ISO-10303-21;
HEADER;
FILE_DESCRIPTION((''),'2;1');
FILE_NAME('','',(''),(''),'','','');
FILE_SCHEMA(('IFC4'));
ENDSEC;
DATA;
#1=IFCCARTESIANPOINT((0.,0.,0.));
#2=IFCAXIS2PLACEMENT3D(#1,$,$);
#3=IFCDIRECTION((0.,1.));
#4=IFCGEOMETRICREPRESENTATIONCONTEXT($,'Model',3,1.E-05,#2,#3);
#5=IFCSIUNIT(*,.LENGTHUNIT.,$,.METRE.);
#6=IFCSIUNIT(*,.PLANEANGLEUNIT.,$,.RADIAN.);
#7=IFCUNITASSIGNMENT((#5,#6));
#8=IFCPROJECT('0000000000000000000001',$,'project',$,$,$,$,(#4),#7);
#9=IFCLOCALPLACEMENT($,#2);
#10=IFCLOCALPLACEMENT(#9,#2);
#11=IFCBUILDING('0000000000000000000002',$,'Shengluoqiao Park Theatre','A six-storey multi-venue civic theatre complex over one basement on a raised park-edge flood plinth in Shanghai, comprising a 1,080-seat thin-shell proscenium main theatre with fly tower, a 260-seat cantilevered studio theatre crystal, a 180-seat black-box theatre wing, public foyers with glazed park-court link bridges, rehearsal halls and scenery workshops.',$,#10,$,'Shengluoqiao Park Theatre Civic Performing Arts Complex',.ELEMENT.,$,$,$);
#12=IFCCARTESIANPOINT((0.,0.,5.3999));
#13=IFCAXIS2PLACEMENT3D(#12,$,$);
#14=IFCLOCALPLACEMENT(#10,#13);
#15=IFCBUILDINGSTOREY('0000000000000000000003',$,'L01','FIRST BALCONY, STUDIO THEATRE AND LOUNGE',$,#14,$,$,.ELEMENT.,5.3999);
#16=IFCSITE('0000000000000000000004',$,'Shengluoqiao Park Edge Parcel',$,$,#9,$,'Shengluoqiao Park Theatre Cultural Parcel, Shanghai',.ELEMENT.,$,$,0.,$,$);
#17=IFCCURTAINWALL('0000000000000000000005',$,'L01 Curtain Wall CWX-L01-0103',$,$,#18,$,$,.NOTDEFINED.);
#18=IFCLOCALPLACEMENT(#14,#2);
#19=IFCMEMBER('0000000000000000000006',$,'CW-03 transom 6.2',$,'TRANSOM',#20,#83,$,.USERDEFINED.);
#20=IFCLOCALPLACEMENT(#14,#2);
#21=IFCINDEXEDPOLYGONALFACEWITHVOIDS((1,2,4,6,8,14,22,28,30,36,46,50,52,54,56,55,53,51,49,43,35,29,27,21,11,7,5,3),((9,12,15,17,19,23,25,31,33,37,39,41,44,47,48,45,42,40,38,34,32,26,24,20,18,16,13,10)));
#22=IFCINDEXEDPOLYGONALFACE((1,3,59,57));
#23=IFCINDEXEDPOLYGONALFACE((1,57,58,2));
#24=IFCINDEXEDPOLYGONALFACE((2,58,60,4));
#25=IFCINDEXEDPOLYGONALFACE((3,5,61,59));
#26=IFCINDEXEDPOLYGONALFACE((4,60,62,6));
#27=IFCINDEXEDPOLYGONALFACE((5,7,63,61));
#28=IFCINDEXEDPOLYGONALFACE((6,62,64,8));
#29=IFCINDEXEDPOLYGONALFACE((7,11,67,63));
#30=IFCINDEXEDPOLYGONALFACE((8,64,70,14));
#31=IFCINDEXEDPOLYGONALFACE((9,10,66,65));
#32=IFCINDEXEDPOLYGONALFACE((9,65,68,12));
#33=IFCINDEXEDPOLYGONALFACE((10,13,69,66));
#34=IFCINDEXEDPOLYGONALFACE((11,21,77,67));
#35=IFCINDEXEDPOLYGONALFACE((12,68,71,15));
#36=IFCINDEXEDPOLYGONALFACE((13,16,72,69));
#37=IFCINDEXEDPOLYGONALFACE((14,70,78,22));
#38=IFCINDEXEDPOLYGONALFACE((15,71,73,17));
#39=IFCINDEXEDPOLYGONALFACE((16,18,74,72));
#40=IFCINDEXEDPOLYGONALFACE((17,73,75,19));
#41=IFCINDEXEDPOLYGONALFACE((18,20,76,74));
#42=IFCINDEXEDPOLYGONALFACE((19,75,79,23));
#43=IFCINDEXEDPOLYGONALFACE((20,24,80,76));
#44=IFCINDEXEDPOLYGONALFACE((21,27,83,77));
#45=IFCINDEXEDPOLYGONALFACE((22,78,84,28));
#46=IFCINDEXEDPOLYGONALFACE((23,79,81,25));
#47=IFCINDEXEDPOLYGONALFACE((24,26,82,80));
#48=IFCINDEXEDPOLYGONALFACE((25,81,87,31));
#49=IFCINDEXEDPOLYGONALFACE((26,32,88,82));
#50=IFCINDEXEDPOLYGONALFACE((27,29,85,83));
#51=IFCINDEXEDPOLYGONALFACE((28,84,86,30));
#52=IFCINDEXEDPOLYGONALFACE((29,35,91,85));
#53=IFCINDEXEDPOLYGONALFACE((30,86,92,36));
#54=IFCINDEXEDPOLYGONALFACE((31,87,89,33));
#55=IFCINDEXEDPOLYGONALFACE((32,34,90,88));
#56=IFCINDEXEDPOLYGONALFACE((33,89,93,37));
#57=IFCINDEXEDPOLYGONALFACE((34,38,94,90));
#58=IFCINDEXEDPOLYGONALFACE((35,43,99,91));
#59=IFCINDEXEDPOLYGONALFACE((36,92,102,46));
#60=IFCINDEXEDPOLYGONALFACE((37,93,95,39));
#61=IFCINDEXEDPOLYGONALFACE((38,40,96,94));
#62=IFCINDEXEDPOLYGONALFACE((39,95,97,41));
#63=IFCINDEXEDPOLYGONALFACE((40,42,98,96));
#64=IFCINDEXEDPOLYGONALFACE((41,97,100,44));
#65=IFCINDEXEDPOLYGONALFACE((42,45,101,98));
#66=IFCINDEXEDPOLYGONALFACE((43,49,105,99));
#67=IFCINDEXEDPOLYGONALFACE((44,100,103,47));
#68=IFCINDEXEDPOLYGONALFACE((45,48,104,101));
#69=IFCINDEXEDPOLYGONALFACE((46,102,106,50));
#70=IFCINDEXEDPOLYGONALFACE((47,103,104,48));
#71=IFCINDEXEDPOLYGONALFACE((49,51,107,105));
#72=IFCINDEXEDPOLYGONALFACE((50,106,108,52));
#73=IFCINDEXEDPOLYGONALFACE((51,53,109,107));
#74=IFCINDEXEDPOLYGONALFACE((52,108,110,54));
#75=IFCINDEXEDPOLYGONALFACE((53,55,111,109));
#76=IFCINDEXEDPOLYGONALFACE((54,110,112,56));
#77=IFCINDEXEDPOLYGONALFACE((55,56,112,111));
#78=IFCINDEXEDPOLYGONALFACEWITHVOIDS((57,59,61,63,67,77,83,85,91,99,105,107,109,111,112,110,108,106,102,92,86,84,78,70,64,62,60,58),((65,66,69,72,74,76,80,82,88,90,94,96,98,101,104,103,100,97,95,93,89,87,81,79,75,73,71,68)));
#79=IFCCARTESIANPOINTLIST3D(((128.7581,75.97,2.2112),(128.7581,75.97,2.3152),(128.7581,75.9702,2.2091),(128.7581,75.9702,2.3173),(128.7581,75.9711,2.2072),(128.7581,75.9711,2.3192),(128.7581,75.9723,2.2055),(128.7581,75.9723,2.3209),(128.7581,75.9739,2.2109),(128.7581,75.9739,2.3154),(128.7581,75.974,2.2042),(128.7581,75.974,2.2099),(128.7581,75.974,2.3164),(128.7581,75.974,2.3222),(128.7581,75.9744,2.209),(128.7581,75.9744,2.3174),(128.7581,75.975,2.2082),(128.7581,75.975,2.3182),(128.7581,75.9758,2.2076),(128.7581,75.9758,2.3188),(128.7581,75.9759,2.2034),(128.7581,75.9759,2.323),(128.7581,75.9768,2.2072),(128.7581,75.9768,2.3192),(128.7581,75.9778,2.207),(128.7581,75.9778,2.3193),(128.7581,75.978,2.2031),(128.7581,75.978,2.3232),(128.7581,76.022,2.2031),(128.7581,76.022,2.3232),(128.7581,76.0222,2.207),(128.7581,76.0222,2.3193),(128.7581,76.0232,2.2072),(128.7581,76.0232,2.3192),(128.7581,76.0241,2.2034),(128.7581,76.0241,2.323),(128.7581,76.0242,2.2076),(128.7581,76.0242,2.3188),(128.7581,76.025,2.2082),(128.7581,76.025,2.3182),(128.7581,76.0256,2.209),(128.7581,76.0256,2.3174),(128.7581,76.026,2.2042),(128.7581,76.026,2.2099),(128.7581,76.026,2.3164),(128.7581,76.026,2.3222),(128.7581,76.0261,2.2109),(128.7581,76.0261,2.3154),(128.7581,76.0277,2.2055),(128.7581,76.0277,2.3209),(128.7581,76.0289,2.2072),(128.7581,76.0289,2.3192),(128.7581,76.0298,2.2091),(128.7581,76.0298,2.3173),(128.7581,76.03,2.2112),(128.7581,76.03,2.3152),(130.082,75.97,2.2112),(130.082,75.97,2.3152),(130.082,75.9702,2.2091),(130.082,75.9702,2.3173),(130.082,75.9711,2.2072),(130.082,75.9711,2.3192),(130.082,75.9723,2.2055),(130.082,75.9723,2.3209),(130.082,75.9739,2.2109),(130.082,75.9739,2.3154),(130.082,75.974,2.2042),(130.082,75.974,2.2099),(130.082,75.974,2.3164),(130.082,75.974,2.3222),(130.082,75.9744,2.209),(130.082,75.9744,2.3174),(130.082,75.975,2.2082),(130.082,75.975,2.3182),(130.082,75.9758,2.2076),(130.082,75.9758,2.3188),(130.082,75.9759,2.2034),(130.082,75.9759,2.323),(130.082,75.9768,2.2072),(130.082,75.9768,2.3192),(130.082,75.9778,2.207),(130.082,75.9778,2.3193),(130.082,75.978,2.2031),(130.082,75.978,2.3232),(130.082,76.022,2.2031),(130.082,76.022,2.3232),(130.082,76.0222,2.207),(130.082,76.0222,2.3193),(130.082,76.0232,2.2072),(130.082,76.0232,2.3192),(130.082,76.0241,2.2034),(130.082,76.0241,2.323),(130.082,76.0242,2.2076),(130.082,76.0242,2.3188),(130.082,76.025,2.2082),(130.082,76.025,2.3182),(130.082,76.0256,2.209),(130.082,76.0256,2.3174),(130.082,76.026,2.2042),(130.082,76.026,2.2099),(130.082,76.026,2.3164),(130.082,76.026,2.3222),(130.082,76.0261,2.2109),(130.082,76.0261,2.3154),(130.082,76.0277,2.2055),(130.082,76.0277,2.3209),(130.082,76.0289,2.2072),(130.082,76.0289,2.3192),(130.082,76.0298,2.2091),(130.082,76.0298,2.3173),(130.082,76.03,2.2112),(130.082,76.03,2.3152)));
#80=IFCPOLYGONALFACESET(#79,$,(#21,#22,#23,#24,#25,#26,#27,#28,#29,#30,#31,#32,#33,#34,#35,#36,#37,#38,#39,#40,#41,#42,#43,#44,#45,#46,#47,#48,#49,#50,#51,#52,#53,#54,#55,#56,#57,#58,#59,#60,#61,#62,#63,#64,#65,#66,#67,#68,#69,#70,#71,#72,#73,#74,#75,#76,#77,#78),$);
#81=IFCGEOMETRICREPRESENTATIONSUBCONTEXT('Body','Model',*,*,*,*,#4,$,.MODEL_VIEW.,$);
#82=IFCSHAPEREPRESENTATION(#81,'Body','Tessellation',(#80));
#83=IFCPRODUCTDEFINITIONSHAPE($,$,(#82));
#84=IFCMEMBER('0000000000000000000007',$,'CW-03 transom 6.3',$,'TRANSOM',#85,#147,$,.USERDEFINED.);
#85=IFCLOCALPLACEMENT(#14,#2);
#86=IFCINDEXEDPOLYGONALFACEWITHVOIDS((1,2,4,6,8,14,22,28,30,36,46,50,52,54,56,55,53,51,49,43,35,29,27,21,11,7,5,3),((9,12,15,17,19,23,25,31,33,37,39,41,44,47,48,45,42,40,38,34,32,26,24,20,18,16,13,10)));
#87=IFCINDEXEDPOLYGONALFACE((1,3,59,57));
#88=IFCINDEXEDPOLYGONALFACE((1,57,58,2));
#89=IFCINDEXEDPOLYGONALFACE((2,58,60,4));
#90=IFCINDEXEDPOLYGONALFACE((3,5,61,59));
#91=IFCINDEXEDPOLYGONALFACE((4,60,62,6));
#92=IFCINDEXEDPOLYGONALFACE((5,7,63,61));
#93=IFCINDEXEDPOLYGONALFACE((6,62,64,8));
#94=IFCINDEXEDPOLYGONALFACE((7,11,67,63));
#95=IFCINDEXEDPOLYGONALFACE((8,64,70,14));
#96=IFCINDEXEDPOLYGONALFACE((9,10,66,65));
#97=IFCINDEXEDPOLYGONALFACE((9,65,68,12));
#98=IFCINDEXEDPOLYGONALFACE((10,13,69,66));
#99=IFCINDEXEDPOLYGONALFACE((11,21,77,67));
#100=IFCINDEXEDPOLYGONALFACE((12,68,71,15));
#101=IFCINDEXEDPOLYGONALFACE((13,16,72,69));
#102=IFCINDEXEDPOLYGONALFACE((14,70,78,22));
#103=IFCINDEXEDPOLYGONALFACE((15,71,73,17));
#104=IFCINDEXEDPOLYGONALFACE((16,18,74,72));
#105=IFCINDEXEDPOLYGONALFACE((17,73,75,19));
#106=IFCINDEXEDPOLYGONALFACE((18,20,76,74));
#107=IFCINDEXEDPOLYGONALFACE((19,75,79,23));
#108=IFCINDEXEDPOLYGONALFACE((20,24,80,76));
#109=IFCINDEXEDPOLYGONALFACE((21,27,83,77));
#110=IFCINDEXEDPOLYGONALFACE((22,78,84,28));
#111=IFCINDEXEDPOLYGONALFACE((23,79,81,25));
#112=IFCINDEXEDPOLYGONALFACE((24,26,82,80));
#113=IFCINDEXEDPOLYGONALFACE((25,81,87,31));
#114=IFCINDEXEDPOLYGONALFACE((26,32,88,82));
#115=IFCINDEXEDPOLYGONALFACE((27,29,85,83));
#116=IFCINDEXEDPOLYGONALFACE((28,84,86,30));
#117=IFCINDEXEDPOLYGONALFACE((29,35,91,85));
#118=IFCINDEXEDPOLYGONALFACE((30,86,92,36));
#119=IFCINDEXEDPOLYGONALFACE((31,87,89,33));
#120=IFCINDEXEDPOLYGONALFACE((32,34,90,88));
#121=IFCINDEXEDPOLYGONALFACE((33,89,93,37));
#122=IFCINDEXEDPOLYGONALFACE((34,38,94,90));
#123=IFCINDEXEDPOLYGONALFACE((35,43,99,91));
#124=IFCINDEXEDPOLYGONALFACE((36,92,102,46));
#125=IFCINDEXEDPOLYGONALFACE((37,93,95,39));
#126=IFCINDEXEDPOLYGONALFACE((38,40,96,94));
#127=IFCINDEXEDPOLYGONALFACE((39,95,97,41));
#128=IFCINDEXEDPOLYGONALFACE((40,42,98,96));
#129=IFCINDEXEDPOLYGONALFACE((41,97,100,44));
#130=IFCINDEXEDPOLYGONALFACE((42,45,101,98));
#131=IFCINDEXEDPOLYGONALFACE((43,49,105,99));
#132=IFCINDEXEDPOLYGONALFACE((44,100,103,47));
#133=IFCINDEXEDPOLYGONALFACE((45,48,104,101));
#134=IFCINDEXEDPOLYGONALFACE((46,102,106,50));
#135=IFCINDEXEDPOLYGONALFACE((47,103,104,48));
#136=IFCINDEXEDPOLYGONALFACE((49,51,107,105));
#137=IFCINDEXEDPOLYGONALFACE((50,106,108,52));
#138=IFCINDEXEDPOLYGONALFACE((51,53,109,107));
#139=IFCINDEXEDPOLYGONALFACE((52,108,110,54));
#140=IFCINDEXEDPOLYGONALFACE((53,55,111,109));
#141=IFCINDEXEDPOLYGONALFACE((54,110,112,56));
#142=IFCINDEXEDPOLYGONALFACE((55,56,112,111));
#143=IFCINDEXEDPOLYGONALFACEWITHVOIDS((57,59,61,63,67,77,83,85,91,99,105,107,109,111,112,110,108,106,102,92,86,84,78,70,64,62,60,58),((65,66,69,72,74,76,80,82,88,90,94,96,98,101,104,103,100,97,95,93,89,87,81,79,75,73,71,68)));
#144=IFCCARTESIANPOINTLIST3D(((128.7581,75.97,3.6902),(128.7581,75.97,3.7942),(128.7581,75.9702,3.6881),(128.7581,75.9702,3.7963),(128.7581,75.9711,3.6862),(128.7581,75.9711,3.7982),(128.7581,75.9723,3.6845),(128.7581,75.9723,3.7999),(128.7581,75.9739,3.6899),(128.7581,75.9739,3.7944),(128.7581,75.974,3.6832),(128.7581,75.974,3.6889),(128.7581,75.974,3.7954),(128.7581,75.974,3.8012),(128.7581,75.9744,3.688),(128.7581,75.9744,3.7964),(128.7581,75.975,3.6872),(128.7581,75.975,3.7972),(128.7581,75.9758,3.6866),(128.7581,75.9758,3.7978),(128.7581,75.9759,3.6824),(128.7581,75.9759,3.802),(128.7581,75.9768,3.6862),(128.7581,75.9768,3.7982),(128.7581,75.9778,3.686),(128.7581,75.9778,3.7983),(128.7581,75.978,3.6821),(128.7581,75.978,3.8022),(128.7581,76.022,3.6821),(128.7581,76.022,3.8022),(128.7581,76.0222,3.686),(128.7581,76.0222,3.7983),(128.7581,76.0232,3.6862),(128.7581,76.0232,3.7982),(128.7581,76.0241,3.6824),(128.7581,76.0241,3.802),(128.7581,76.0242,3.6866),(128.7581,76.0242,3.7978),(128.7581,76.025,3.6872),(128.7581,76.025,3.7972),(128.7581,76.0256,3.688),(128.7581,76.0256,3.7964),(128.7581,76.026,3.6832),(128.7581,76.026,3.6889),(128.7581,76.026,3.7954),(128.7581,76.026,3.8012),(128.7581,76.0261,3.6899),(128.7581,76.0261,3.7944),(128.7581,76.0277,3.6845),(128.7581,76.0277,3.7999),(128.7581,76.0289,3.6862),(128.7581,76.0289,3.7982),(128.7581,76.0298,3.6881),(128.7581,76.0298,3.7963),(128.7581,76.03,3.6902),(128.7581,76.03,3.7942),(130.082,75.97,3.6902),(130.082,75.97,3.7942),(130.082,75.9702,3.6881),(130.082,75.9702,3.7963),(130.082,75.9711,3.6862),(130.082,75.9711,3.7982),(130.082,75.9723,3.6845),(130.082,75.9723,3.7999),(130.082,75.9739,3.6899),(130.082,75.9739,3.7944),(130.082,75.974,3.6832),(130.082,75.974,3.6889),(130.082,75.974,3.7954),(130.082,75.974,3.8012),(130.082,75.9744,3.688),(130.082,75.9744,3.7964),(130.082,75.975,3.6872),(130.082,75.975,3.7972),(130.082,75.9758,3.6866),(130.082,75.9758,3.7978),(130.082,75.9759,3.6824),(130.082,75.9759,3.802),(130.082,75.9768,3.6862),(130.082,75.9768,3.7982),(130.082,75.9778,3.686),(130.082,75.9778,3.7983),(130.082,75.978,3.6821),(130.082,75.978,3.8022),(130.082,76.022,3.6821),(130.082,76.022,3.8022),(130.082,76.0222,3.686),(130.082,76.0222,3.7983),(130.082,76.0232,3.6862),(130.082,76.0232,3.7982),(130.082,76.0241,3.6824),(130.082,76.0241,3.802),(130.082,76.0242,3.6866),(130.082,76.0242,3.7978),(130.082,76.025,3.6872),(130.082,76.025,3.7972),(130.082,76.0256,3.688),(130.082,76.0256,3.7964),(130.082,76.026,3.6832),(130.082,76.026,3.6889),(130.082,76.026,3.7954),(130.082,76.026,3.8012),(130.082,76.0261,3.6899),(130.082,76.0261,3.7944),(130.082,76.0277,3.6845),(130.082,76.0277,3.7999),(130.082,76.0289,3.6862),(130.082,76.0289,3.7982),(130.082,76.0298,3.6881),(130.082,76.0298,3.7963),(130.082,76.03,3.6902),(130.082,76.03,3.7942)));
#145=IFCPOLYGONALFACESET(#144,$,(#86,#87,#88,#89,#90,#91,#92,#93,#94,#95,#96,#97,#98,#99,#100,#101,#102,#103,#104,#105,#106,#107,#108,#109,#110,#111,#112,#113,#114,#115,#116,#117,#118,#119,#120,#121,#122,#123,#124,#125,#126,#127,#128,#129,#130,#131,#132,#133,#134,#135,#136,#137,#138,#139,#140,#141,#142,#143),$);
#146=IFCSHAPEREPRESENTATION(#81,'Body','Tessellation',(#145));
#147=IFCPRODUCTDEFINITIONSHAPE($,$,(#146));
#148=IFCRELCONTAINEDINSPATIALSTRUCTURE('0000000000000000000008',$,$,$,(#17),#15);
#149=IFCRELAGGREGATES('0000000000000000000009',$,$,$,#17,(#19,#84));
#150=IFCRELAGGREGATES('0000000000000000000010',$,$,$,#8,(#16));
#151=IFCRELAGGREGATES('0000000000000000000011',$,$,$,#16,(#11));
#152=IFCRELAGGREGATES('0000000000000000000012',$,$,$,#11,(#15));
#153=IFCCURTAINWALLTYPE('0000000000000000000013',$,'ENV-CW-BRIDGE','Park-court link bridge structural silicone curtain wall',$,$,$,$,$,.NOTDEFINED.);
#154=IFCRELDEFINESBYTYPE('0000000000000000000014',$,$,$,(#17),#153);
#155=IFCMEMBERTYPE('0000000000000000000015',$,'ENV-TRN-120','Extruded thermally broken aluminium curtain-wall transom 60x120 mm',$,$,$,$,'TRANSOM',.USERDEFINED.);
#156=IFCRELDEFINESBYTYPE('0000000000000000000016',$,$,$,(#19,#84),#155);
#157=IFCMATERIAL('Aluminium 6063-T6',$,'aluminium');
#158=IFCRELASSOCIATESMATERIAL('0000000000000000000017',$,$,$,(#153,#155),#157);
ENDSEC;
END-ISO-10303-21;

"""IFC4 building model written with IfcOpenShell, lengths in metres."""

from ifc_helpers import new_model, si_unit, direction, frame, origin, origin_2d, place, context, subcontext, project, spatial, hollow_rectangle, extrude, material, material_profile, profile_set, type_object, element, aggregate, save


model = new_model("IFC4")

# Units and contexts
model_context = context("Model", 3, precision=1e-05, world=origin(), true_north=direction((0.0, 1.0)))
body_context = subcontext(model_context, "Body", "Model", "MODEL_VIEW")
ifc_project = project(units=[si_unit("LENGTHUNIT", "METRE"), si_unit("PLANEANGLEUNIT", "RADIAN")], contexts=[model_context])

# Site, building, storey
site_placement = place(None, origin())
site = spatial("IfcSite", under=ifc_project, at=site_placement, Name="Shengluoqiao Park Edge Parcel", LongName="Shengluoqiao Park Theatre Cultural Parcel, Shanghai", CompositionType="ELEMENT", RefElevation=0.0)
building_placement = place(site_placement, origin())
building = spatial("IfcBuilding", under=site, at=building_placement, Name="Shengluoqiao Park Theatre", Description="A six-storey multi-venue civic theatre complex over one basement on a raised park-edge flood plinth in Shanghai, comprising a 1,080-seat thin-shell proscenium main theatre with fly tower, a 260-seat cantilevered studio theatre crystal, a 180-seat black-box theatre wing, public foyers with glazed park-court link bridges, rehearsal halls and scenery workshops.", LongName="Shengluoqiao Park Theatre Civic Performing Arts Complex", CompositionType="ELEMENT")
storey_placement = place(building_placement, frame((0.0, 0.0, 5.3999)))
storey = spatial("IfcBuildingStorey", under=building, at=storey_placement, Name="L01", Description="FIRST BALCONY, STUDIO THEATRE AND LOUNGE", CompositionType="ELEMENT", Elevation=5.3999)

# Curtain wall
ifc_material_1 = material(Name="Aluminium 6063-T6", Category="aluminium")
curtain_wall_type = type_object("IfcCurtainWallType", Name="ENV-CW-BRIDGE", Description="Park-court link bridge structural silicone curtain wall", PredefinedType="NOTDEFINED", material=ifc_material_1)
curtain_wall_1_placement = place(storey_placement, origin())
curtain_wall_1 = element("IfcCurtainWall", 1, at=curtain_wall_1_placement, inside=storey, type_object=curtain_wall_type, Name="L01 Curtain Wall CWX-L01-0103", PredefinedType="NOTDEFINED")

# Members
ifc_material_profile_1 = material_profile(ifc_material_1, hollow_rectangle(XDim=0.0601, YDim=0.1201, WallThickness=0.0039, InnerFilletRadius=0.0039, OuterFilletRadius=0.0081, at=origin_2d()), Name="ALU TRANSOM 120x60x4")
ifc_profile_set_1 = profile_set([ifc_material_profile_1], Name="Aluminium 6063-T6")
member_type_1 = type_object("IfcMemberType", Name="ENV-TRN-120", Description="Extruded thermally broken aluminium curtain-wall transom 60x120 mm", ElementType="TRANSOM", PredefinedType="USERDEFINED", material=ifc_profile_set_1)
member_1_placement = place(storey_placement, frame((128.7581, 76.0, 2.2632), z_axis=(1.0, 0.0, 0.0), x_axis=(0.0, 1.0, 0.0)))
member_1 = element("IfcMember", 2, at=member_1_placement, type_object=member_type_1, Name="CW-03 transom 6.2", ObjectType="TRANSOM", PredefinedType="USERDEFINED", context=body_context, shape_type="SweptSolid", body=[
    extrude(hollow_rectangle(XDim=0.0601, YDim=0.1201, WallThickness=0.0039, InnerFilletRadius=0.0039, OuterFilletRadius=0.0081, at=origin_2d()), origin(), (0.0, 0.0, 1.0), 1.324),
])
member_2_placement = place(storey_placement, frame((128.7581, 76.0, 3.7422), z_axis=(1.0, 0.0, 0.0), x_axis=(0.0, 1.0, 0.0)))
member_2 = element("IfcMember", 3, at=member_2_placement, type_object=member_type_1, Name="CW-03 transom 6.3", ObjectType="TRANSOM", PredefinedType="USERDEFINED", context=body_context, shape_type="SweptSolid", body=[
    extrude(hollow_rectangle(XDim=0.0601, YDim=0.1201, WallThickness=0.0039, InnerFilletRadius=0.0039, OuterFilletRadius=0.0081, at=origin_2d()), origin(), (0.0, 0.0, 1.0), 1.324),
])

aggregate(curtain_wall_1, [member_1, member_2])

save(model, "model.ifc")
